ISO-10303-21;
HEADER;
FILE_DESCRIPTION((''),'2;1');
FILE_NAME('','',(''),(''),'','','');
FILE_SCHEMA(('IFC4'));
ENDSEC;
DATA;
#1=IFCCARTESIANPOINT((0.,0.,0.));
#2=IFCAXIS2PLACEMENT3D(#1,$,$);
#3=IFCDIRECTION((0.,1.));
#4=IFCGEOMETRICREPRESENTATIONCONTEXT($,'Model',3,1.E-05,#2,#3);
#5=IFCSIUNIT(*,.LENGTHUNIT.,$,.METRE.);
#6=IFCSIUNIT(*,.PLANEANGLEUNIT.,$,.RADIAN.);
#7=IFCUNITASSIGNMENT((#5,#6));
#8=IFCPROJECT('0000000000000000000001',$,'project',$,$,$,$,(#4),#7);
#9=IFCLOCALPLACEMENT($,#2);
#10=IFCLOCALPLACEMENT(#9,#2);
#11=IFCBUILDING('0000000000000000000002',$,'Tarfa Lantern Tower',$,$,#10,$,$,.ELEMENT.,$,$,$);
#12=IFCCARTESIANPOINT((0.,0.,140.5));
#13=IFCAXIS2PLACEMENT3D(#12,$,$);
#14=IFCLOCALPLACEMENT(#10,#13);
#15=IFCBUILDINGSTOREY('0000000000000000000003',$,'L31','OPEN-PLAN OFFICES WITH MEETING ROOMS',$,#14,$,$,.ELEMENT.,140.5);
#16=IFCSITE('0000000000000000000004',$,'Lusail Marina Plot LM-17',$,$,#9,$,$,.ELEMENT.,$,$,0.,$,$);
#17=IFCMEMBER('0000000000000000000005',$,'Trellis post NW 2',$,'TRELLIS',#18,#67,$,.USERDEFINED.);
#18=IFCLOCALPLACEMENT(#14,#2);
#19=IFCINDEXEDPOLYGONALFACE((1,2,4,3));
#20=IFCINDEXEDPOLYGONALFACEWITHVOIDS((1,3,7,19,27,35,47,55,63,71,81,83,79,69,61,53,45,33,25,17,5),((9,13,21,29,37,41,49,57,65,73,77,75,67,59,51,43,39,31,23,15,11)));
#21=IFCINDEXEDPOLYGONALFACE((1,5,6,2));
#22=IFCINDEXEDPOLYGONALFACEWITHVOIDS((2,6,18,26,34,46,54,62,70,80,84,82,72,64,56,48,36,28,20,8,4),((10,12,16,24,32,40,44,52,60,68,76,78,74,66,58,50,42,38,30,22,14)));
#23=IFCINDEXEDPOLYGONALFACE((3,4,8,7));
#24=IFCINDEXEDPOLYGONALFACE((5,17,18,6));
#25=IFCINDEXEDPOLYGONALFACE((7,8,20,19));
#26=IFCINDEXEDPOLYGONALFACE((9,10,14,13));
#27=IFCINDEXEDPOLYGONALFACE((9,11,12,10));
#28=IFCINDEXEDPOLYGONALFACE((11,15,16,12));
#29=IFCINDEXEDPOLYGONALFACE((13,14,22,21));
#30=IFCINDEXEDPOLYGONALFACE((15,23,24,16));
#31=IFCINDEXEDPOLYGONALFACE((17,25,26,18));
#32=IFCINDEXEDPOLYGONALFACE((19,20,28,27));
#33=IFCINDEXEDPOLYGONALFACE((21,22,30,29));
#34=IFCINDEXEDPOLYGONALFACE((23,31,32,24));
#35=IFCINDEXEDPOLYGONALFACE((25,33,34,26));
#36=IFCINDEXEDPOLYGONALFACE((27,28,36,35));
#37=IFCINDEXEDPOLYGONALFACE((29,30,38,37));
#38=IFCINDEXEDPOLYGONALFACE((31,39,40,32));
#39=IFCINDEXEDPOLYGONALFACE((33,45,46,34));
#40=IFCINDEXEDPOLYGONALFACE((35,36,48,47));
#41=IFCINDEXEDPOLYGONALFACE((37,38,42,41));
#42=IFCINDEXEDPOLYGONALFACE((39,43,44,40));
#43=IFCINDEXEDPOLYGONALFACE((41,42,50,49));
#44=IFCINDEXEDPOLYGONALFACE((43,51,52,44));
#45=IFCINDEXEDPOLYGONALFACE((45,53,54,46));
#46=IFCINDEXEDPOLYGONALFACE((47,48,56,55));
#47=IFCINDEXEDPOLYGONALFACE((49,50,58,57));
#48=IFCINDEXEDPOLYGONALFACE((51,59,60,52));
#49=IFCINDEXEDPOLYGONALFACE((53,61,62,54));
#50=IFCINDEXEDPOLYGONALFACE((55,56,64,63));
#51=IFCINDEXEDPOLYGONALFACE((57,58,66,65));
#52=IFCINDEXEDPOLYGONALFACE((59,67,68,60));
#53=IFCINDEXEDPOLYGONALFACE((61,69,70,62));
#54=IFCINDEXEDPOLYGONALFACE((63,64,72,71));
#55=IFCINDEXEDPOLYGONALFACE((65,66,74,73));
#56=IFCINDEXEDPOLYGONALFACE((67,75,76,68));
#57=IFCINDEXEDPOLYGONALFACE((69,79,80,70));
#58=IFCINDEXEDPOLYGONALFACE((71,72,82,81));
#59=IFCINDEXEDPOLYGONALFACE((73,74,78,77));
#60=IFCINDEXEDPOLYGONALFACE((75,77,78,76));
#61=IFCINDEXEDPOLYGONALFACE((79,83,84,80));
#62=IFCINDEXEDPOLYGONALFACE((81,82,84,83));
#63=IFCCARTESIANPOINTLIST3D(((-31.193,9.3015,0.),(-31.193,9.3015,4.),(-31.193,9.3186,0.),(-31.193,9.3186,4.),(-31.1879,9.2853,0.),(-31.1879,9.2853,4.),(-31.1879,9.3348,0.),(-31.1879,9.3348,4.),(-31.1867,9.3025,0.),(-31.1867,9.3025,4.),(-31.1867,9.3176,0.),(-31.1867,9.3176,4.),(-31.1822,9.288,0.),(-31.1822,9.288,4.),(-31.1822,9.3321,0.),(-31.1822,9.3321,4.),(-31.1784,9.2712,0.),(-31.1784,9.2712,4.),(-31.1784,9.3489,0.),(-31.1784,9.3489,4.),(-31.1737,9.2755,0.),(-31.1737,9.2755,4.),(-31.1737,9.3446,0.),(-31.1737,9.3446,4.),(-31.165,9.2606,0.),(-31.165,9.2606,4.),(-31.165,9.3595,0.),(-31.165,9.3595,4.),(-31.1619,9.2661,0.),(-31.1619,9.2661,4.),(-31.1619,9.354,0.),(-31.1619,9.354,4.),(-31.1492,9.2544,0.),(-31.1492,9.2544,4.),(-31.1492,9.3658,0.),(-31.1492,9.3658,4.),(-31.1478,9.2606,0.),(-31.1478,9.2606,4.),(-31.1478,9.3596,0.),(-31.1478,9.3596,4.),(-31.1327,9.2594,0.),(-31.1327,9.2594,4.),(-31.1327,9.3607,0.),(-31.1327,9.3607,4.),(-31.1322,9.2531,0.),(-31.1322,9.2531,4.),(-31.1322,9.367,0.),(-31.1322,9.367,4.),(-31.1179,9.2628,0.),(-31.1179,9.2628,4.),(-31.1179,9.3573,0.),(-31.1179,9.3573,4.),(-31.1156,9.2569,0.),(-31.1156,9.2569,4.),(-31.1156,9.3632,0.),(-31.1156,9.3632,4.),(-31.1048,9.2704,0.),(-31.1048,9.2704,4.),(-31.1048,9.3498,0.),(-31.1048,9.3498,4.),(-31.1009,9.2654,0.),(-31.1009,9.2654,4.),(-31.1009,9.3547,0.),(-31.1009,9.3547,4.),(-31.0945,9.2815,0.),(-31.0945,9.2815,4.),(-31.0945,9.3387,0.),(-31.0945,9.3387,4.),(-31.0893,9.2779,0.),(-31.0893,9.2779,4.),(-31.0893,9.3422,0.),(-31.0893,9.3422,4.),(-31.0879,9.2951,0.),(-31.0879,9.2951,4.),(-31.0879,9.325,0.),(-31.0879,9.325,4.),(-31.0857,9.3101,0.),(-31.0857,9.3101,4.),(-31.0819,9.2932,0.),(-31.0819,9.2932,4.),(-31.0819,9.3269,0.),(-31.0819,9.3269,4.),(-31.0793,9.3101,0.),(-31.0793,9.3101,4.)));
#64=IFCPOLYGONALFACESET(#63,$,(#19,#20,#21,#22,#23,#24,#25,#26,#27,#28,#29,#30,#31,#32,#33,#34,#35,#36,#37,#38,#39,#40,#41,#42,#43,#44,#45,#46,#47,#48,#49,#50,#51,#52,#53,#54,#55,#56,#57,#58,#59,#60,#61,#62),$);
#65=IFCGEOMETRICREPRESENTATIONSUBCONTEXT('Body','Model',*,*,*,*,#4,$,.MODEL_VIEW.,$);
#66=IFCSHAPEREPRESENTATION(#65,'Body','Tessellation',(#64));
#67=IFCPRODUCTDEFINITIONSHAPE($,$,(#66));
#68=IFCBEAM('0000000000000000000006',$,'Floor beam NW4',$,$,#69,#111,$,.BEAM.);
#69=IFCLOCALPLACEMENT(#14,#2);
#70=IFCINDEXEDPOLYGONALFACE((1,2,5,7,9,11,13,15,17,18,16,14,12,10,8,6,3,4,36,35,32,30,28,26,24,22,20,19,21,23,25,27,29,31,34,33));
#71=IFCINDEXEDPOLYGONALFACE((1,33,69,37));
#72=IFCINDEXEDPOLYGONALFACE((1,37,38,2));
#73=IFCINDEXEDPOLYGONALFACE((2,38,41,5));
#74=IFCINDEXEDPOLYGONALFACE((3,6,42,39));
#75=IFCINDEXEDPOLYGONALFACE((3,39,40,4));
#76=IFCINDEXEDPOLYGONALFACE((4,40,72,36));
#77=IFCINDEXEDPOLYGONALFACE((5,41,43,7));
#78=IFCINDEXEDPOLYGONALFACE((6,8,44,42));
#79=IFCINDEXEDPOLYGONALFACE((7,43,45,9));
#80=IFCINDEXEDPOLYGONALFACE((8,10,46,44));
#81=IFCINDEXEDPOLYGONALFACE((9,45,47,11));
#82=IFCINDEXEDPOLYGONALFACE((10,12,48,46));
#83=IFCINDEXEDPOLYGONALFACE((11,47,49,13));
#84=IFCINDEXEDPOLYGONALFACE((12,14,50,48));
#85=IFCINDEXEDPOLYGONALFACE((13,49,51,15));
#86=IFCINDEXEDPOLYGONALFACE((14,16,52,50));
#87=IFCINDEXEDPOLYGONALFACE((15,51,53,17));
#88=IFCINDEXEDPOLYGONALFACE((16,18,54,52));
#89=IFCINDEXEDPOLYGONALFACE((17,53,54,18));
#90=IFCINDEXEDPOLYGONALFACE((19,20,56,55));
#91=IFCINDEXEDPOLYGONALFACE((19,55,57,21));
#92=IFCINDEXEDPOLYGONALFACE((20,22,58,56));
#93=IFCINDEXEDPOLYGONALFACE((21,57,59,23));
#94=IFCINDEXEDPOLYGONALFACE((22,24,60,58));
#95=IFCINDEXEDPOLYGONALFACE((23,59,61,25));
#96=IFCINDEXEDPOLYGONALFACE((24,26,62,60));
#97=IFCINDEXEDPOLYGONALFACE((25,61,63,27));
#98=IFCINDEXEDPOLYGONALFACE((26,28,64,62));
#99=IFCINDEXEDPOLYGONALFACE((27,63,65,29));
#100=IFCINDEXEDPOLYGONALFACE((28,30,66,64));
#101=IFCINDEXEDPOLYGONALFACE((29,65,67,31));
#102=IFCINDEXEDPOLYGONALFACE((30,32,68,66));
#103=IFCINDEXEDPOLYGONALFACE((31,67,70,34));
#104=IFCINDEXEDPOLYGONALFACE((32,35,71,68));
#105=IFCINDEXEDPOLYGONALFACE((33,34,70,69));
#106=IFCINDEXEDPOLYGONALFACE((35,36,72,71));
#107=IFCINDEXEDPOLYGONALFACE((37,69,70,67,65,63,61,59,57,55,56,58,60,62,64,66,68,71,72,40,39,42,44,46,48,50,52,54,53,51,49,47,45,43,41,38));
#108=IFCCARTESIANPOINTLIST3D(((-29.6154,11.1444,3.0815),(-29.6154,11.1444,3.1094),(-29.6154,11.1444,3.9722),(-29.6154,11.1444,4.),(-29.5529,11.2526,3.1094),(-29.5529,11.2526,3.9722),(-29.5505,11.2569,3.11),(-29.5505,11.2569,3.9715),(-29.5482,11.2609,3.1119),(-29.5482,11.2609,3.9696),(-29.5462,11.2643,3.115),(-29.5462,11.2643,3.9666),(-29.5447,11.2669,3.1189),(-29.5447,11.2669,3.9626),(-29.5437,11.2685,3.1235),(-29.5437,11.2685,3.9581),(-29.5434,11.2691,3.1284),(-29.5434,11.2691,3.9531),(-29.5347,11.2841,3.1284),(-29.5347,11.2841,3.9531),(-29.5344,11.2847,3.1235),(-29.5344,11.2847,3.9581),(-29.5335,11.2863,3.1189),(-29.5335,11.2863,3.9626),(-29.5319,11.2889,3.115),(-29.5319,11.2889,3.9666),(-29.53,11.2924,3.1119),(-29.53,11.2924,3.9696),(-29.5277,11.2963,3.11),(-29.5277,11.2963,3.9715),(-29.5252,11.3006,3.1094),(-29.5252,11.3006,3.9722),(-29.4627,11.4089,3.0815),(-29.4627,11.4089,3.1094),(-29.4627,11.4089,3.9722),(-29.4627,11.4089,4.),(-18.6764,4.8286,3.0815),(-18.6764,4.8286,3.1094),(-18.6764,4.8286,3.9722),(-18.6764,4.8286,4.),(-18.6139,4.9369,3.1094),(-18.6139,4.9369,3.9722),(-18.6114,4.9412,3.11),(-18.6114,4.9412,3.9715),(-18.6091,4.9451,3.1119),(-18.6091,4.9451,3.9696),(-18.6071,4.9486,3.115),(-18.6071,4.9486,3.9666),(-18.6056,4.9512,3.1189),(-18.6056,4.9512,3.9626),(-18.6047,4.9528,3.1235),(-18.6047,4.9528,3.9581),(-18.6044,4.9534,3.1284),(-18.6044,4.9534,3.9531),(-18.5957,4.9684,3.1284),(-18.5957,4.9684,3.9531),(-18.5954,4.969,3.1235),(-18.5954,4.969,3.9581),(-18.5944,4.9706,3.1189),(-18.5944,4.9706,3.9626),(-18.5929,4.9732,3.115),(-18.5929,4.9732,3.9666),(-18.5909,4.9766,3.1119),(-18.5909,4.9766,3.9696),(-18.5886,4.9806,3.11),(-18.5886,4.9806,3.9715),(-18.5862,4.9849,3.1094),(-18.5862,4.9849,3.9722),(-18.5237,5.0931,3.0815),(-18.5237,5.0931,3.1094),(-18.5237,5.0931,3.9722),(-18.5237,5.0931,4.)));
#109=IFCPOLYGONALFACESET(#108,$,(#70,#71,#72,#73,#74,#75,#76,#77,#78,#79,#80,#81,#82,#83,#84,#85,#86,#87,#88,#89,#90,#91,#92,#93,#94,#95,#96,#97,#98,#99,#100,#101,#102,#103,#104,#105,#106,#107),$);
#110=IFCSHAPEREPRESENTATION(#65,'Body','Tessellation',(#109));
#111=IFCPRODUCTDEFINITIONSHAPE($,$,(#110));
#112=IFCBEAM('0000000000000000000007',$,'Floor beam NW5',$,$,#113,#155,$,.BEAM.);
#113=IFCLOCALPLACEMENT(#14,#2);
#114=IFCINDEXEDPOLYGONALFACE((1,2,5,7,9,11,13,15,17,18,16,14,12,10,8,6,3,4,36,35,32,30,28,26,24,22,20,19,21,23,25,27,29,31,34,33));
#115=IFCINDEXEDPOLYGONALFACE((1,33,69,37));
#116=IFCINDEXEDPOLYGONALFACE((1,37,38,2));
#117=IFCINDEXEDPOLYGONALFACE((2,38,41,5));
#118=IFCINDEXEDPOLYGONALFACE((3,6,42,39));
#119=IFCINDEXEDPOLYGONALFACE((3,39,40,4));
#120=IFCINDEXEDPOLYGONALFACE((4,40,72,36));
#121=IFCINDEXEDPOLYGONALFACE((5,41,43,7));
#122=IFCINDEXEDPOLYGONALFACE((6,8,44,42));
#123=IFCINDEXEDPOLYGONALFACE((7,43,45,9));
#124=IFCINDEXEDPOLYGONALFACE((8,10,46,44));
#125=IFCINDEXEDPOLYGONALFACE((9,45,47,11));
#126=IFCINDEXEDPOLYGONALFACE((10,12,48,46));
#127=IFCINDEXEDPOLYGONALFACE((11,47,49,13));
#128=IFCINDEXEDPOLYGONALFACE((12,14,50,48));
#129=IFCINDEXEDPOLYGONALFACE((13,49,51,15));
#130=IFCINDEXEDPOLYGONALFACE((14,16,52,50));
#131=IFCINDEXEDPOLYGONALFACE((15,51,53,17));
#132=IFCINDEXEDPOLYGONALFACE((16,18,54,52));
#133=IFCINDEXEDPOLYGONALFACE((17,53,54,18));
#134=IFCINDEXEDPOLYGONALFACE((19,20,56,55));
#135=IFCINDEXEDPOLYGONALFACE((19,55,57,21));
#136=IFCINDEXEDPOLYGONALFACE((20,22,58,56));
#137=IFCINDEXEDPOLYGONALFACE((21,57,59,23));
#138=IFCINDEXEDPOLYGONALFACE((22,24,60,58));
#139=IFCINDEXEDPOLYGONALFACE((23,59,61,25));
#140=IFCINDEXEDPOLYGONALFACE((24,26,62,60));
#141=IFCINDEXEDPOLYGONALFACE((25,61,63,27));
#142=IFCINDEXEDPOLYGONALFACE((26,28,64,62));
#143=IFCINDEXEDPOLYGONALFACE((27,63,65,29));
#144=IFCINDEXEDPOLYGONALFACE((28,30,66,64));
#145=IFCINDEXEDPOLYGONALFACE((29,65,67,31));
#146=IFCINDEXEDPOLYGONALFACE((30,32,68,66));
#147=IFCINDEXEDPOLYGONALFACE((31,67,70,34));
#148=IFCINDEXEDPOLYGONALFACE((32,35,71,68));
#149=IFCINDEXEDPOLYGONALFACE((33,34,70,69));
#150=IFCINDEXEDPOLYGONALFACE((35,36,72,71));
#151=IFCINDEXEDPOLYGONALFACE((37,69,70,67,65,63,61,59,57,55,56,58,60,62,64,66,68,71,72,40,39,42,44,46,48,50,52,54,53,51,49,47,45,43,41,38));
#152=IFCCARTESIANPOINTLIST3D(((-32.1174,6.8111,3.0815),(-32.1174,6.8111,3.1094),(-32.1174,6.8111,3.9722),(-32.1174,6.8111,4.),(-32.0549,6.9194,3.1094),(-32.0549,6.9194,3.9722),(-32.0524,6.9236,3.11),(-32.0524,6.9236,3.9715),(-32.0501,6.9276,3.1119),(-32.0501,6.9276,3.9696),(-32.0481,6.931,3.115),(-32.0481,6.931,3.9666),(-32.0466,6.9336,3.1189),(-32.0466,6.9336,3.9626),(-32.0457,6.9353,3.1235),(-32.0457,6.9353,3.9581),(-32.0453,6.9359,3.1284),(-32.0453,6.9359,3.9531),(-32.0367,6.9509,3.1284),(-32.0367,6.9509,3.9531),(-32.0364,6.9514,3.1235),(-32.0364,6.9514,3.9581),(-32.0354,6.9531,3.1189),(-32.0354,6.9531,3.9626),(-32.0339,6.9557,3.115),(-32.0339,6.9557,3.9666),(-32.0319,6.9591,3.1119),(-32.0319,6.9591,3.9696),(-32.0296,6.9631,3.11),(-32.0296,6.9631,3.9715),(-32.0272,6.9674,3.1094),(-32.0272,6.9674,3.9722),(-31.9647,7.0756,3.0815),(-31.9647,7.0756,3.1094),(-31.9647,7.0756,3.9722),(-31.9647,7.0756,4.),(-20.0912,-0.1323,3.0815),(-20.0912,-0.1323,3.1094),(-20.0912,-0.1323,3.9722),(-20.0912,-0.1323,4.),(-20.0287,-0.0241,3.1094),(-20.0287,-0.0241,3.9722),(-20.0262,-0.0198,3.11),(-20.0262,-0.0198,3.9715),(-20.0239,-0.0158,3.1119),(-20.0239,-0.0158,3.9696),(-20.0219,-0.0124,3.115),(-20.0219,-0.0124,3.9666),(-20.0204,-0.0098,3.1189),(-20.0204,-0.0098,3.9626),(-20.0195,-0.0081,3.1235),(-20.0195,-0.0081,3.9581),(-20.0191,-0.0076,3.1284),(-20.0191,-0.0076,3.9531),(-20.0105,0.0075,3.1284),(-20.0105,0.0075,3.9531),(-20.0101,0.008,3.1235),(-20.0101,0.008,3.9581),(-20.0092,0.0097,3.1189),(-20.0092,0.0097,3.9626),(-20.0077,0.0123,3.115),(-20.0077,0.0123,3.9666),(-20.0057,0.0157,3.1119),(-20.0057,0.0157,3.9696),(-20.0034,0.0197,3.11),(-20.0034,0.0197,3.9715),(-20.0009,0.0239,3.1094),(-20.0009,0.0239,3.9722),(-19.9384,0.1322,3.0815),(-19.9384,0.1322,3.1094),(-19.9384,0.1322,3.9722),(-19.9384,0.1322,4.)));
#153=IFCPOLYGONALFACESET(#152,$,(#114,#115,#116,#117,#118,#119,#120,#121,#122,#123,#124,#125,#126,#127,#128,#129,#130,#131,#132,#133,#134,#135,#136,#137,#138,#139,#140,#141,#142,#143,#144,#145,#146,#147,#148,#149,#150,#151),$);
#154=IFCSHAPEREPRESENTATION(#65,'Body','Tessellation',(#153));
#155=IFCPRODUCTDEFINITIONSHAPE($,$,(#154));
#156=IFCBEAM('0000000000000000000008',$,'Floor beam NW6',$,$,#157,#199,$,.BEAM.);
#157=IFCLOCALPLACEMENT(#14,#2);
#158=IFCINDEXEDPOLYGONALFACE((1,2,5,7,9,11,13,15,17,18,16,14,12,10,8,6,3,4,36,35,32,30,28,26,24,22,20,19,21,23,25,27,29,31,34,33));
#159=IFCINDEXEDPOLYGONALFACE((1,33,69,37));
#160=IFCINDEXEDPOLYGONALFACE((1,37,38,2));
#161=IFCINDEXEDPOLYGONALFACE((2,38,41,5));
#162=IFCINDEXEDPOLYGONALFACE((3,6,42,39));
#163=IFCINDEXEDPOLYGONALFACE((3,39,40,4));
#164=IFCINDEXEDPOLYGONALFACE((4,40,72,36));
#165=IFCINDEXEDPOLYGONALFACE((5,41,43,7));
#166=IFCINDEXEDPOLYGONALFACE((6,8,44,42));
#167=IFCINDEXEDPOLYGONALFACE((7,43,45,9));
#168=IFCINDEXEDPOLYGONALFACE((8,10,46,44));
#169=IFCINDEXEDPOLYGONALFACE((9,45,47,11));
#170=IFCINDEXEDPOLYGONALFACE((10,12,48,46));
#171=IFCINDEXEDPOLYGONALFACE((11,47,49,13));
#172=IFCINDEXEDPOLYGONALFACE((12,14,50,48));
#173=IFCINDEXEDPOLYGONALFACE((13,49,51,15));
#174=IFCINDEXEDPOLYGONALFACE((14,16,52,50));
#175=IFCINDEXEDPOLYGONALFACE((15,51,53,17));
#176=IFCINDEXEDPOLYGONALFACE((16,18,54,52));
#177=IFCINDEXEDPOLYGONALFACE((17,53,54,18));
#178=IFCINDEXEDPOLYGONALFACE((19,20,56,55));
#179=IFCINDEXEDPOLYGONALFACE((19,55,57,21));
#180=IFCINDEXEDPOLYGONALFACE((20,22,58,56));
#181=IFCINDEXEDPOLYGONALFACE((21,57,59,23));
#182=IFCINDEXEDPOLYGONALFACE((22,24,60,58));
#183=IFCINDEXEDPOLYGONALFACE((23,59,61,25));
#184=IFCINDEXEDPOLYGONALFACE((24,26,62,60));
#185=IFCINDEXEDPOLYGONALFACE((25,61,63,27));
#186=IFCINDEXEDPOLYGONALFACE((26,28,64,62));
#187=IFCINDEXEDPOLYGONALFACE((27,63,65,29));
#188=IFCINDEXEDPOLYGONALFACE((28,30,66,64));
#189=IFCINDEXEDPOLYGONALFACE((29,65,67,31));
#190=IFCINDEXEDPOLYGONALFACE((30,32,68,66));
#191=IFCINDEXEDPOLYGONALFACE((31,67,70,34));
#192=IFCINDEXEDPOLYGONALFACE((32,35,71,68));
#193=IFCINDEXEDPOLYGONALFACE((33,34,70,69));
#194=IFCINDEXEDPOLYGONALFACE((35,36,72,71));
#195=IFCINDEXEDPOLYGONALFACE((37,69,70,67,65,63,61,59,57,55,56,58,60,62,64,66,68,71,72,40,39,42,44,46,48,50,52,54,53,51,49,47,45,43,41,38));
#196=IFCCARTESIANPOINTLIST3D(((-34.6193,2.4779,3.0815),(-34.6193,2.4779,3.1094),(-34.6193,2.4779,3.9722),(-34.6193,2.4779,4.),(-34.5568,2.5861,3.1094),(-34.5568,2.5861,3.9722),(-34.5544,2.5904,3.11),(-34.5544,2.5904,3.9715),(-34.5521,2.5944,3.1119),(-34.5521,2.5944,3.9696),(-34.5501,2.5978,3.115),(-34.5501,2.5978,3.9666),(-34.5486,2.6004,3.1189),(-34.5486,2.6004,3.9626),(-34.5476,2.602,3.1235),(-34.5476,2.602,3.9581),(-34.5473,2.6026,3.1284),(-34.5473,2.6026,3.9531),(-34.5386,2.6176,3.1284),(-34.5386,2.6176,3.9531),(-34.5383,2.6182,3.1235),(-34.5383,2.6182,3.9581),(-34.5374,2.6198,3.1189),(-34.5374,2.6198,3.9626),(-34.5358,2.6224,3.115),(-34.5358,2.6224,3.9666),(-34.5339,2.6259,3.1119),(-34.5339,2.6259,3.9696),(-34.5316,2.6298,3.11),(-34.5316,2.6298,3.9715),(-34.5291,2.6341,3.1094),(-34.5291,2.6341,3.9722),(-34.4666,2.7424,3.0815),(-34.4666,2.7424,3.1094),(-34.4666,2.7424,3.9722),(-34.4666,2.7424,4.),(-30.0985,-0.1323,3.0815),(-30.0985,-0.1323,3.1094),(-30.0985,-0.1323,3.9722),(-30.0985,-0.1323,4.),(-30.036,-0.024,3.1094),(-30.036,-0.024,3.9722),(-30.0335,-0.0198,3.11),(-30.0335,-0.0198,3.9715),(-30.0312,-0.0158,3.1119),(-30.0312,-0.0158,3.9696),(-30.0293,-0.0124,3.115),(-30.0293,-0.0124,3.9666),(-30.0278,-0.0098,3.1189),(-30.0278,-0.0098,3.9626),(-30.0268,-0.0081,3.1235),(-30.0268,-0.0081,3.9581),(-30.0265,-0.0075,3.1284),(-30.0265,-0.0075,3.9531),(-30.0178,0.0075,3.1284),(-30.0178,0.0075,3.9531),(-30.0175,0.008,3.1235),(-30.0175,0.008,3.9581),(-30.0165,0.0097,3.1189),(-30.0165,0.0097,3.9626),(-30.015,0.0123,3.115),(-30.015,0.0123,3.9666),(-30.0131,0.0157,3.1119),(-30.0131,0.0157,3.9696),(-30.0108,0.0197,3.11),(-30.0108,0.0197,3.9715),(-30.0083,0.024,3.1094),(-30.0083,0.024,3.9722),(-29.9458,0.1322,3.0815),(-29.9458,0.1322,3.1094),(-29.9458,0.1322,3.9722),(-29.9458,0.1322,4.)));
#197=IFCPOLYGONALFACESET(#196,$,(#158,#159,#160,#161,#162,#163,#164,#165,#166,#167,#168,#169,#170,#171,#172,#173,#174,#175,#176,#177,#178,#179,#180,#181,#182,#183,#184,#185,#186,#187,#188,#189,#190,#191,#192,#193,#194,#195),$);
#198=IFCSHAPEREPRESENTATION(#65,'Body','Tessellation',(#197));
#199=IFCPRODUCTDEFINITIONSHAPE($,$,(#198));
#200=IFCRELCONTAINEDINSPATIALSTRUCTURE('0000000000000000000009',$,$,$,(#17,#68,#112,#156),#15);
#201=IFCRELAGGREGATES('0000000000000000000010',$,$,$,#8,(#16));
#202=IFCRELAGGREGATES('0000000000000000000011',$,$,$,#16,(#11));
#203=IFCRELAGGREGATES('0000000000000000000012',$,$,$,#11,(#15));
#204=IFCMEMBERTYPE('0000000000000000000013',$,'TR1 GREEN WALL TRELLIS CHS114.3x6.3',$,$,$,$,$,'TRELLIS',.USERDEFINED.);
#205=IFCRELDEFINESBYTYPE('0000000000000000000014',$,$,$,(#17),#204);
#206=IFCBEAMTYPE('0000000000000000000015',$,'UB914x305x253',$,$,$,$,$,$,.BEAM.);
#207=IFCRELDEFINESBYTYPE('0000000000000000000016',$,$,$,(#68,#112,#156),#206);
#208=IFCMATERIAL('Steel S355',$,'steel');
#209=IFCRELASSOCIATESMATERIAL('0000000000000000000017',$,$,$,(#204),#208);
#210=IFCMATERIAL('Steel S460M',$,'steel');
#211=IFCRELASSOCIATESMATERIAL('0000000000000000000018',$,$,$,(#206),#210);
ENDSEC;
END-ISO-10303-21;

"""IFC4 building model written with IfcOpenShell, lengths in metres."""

from ifc_helpers import new_model, si_unit, direction, frame, origin, origin_2d, place, context, subcontext, project, spatial, hollow_circle, i_section, extrude, material, material_profile, profile_set, type_object, element, save


model = new_model("IFC4")

# Units and contexts
model_context = context("Model", 3, precision=1e-05, world=origin(), true_north=direction((0.0, 1.0)))
body_context = subcontext(model_context, "Body", "Model", "MODEL_VIEW")
ifc_project = project(units=[si_unit("LENGTHUNIT", "METRE"), si_unit("PLANEANGLEUNIT", "RADIAN")], contexts=[model_context])

# Site, building, storey
site_placement = place(None, origin())
site = spatial("IfcSite", under=ifc_project, at=site_placement, Name="Lusail Marina Plot LM-17", CompositionType="ELEMENT", RefElevation=0.0)
building_placement = place(site_placement, origin())
building = spatial("IfcBuilding", under=site, at=building_placement, Name="Tarfa Lantern Tower", CompositionType="ELEMENT")
storey_placement = place(building_placement, frame((0.0, 0.0, 140.5)))
storey = spatial("IfcBuildingStorey", under=building, at=storey_placement, Name="L31", Description="OPEN-PLAN OFFICES WITH MEETING ROOMS", CompositionType="ELEMENT", Elevation=140.5)

# Member
ifc_material_1 = material(Name="Steel S355", Category="steel")
ifc_material_profile_1 = material_profile(ifc_material_1, hollow_circle(Radius=0.0571, WallThickness=0.0063, at=origin_2d()), Name="CHS114.3x6.3")
ifc_profile_set_1 = profile_set([ifc_material_profile_1], Name="Steel S355")
member_type_1 = type_object("IfcMemberType", Name="TR1 GREEN WALL TRELLIS CHS114.3x6.3", ElementType="TRELLIS", PredefinedType="USERDEFINED", material=ifc_profile_set_1)
member_1_placement = place(storey_placement, frame((-31.1365, 9.3101, 0.0), z_axis=(0.0, 0.0, 1.0), x_axis=(1.0, 0.0, 0.0)))
element("IfcMember", 1, at=member_1_placement, inside=storey, type_object=member_type_1, Name="Trellis post NW 2", ObjectType="TRELLIS", PredefinedType="USERDEFINED", context=body_context, shape_type="SweptSolid", body=[
    extrude(hollow_circle(Radius=0.0571, WallThickness=0.0063, at=origin_2d()), origin(), (0.0, 0.0, 1.0), 4.0),
])

# Beams
ifc_material_2 = material(Name="Steel S460M", Category="steel")
ifc_material_profile_2 = material_profile(ifc_material_2, i_section(OverallWidth=0.3054, OverallDepth=0.9185, WebThickness=0.0173, FlangeThickness=0.0278, FilletRadius=0.019, at=origin_2d()), Name="UB914x305x253")
ifc_profile_set_2 = profile_set([ifc_material_profile_2], Name="Steel S460M")
beam_type_1 = type_object("IfcBeamType", Name="UB914x305x253", PredefinedType="BEAM", material=ifc_profile_set_2)
beam_1_placement = place(storey_placement, frame((-29.5391, 11.2766, 3.5408), z_axis=(0.866023, -0.500004, 0.0), x_axis=(0.500004, 0.866023, 0.0)))
element("IfcBeam", 2, at=beam_1_placement, inside=storey, type_object=beam_type_1, Name="Floor beam NW4", PredefinedType="BEAM", context=body_context, shape_type="SweptSolid", body=[
    extrude(i_section(OverallWidth=0.3054, OverallDepth=0.9185, WebThickness=0.0173, FlangeThickness=0.0278, FilletRadius=0.019, at=origin_2d()), origin(), (0.0, 0.0, 1.0), 12.6313),
])
beam_2_placement = place(storey_placement, frame((-32.041, 6.9434, 3.5408), z_axis=(0.866023, -0.500004, 0.0), x_axis=(0.500004, 0.866023, 0.0)))
element("IfcBeam", 3, at=beam_2_placement, inside=storey, type_object=beam_type_1, Name="Floor beam NW5", PredefinedType="BEAM", context=body_context, shape_type="SweptSolid", body=[
    extrude(i_section(OverallWidth=0.3054, OverallDepth=0.9185, WebThickness=0.0173, FlangeThickness=0.0278, FilletRadius=0.019, at=origin_2d()), origin(), (0.0, 0.0, 1.0), 13.8867),
])
beam_3_placement = place(storey_placement, frame((-34.543, 2.6101, 3.5408), z_axis=(0.866021, -0.500007, 0.0), x_axis=(0.500007, 0.866021, 0.0)))
element("IfcBeam", 4, at=beam_3_placement, inside=storey, type_object=beam_type_1, Name="Floor beam NW6", PredefinedType="BEAM", context=body_context, shape_type="SweptSolid", body=[
    extrude(i_section(OverallWidth=0.3054, OverallDepth=0.9185, WebThickness=0.0173, FlangeThickness=0.0278, FilletRadius=0.019, at=origin_2d()), origin(), (0.0, 0.0, 1.0), 5.2202),
])

save(model, "model.ifc")
